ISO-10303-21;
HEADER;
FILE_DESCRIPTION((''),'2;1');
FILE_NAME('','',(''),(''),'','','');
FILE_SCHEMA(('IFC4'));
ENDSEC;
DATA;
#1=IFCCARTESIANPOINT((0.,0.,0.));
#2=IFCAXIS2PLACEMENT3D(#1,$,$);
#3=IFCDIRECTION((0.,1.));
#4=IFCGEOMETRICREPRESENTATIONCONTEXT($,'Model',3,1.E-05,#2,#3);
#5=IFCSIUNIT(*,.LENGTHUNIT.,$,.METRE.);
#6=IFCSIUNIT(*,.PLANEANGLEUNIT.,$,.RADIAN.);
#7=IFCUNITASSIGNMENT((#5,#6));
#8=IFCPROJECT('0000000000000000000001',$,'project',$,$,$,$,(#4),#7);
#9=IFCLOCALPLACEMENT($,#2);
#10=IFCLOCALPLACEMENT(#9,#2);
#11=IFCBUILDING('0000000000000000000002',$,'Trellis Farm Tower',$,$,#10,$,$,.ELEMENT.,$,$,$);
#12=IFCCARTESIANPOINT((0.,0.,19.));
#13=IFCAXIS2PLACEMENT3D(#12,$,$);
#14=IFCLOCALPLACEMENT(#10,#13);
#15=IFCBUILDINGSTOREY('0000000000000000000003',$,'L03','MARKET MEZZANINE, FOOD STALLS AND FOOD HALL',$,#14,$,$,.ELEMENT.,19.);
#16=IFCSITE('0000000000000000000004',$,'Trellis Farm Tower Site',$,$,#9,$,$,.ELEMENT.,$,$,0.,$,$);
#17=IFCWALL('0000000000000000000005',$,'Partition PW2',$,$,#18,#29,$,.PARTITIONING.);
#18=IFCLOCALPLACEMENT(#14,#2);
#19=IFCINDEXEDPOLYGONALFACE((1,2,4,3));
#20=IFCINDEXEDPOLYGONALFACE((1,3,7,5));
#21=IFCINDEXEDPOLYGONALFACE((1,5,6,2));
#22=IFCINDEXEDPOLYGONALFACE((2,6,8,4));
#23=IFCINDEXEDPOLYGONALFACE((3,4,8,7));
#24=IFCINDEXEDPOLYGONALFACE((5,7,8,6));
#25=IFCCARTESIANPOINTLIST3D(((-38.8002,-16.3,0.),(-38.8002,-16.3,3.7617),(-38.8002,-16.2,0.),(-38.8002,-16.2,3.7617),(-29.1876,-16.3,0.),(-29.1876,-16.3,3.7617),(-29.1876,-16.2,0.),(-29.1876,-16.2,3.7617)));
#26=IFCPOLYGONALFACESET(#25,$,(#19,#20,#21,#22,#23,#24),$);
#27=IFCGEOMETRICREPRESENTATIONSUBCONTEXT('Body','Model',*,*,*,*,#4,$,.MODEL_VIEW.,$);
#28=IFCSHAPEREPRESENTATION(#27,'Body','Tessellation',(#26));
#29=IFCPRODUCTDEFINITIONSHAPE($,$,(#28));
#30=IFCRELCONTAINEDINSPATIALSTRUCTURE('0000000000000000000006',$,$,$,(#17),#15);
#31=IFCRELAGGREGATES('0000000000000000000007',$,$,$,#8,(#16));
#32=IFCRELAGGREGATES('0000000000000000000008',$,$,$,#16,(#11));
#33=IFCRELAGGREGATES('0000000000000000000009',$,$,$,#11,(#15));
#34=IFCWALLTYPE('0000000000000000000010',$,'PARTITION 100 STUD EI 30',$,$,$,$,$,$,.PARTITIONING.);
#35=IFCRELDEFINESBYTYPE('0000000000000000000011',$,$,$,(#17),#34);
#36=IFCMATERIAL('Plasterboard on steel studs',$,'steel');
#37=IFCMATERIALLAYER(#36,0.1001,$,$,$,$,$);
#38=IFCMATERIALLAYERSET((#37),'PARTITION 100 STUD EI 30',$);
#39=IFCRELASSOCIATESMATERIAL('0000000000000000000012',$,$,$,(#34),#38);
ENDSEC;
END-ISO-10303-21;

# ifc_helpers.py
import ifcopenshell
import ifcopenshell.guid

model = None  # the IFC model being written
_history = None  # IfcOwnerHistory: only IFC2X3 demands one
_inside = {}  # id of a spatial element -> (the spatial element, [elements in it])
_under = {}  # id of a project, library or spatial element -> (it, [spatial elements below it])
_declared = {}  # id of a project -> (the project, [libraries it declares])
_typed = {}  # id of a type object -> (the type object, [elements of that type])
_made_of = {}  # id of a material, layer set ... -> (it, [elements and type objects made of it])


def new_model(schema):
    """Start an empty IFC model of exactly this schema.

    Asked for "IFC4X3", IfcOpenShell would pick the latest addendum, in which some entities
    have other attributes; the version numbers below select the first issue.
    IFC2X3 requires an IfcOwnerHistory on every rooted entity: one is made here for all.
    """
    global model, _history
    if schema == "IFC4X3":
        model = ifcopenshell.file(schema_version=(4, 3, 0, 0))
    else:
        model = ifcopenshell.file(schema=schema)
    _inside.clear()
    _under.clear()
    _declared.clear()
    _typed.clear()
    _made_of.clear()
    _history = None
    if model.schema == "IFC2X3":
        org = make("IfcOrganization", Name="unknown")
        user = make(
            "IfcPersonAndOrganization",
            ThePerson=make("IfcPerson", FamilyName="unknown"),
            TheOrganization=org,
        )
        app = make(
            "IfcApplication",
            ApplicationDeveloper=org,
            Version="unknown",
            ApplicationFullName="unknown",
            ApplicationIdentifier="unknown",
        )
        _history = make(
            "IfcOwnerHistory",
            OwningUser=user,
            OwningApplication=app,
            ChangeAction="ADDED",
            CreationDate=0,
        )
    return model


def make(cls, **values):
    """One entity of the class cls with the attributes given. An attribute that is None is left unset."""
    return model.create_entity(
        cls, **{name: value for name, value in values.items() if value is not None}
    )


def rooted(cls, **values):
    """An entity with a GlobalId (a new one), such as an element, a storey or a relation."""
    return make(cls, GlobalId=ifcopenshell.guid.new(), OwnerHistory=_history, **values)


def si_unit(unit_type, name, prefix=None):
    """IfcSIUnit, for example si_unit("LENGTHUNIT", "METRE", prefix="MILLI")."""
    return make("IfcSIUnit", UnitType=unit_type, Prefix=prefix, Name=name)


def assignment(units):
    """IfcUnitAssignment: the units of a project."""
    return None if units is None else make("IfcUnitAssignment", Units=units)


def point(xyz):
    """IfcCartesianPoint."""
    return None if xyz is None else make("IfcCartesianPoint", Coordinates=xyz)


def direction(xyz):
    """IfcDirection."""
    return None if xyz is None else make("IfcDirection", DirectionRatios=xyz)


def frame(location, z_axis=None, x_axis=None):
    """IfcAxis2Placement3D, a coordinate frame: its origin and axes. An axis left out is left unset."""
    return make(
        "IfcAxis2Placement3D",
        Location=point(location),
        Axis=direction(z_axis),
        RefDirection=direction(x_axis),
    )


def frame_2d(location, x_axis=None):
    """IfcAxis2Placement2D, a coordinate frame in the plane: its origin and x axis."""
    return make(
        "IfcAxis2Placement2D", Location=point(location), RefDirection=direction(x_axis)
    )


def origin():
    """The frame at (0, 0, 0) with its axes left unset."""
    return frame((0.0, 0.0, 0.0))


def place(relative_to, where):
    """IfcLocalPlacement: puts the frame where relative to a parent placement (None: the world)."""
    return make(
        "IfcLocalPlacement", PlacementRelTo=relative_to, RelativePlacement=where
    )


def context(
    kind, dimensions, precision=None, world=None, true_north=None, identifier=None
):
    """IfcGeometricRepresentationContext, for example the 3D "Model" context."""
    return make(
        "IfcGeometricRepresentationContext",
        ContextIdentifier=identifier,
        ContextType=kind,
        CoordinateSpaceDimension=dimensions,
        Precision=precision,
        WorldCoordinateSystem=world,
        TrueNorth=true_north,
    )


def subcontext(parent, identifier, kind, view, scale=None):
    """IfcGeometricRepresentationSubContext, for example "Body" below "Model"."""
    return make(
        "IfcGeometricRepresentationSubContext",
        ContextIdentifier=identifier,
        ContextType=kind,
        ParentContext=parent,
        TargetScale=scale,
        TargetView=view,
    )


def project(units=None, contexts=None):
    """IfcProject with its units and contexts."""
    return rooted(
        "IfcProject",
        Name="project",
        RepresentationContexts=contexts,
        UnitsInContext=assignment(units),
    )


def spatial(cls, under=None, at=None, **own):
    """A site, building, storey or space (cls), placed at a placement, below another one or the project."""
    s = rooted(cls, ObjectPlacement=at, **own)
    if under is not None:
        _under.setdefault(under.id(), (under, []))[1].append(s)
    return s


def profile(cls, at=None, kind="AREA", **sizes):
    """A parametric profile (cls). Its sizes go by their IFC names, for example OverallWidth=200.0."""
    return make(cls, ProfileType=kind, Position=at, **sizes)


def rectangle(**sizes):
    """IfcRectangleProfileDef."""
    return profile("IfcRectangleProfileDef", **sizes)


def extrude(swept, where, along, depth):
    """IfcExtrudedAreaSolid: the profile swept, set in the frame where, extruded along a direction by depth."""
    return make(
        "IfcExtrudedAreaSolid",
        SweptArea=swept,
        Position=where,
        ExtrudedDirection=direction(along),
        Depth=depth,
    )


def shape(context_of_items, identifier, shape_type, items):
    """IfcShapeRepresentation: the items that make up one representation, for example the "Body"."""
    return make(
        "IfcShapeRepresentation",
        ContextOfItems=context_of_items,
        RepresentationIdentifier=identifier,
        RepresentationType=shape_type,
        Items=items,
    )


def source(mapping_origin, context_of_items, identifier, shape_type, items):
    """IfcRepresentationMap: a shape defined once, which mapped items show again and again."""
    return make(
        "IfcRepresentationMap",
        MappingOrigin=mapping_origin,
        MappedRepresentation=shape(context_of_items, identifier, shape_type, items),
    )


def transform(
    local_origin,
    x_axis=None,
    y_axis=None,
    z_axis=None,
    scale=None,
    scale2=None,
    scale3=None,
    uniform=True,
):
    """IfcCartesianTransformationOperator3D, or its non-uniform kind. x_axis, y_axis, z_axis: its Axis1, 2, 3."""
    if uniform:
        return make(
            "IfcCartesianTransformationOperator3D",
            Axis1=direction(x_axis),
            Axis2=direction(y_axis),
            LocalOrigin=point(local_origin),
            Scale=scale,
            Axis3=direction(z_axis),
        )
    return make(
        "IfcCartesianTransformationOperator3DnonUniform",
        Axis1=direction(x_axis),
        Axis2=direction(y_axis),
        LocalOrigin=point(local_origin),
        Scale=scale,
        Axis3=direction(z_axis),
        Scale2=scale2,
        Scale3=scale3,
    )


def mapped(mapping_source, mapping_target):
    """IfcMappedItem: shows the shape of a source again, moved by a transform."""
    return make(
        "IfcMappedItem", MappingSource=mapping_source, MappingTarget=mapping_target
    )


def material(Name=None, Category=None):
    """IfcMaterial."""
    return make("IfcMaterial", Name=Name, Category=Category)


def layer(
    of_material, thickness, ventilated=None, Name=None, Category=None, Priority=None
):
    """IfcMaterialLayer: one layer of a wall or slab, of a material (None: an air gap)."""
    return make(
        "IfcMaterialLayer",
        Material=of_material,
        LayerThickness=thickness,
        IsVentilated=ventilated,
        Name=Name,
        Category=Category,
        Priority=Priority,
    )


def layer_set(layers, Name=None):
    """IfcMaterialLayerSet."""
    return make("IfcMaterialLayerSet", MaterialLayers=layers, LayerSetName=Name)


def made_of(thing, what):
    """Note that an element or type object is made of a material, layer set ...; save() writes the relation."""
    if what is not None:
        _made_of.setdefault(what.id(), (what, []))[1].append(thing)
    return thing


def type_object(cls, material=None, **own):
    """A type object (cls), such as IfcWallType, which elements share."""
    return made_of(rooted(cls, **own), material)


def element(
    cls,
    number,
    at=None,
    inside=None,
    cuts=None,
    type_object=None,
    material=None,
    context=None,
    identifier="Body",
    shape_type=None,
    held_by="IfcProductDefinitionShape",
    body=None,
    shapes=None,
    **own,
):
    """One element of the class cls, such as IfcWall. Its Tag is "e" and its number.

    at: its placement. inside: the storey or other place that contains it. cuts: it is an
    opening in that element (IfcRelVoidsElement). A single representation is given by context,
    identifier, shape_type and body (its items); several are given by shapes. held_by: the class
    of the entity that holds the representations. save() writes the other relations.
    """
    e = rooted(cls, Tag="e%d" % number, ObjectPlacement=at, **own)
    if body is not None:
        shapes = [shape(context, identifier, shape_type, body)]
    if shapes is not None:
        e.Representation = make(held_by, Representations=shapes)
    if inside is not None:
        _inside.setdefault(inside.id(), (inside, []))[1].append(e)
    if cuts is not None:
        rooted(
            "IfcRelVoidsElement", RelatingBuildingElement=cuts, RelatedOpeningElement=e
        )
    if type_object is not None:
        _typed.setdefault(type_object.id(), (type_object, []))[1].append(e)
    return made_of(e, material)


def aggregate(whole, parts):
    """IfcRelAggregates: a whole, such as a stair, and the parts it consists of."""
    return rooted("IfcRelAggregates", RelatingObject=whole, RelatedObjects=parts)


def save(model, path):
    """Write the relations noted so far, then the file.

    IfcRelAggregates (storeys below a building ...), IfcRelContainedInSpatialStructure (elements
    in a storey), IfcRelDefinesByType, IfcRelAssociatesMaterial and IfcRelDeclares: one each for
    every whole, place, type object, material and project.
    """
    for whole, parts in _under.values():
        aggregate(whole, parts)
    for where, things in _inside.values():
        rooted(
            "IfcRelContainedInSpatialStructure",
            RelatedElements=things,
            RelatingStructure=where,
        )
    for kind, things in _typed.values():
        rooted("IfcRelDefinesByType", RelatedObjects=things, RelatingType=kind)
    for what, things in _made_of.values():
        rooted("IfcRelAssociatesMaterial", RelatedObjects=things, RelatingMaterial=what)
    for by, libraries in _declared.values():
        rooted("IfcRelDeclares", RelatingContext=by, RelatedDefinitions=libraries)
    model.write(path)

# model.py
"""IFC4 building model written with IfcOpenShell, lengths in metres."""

from ifc_helpers import new_model, si_unit, direction, frame, frame_2d, origin, place, context, subcontext, project, spatial, rectangle, extrude, source, transform, mapped, material, layer, layer_set, type_object, element, save


model = new_model("IFC4")

# Units and contexts
model_context = context("Model", 3, precision=1e-05, world=origin(), true_north=direction((0.0, 1.0)))
body_context = subcontext(model_context, "Body", "Model", "MODEL_VIEW")
ifc_project = project(units=[si_unit("LENGTHUNIT", "METRE"), si_unit("PLANEANGLEUNIT", "RADIAN")], contexts=[model_context])

# Site, building, storey
site_placement = place(None, origin())
site = spatial("IfcSite", under=ifc_project, at=site_placement, Name="Trellis Farm Tower Site", CompositionType="ELEMENT", RefElevation=0.0)
building_placement = place(site_placement, origin())
building = spatial("IfcBuilding", under=site, at=building_placement, Name="Trellis Farm Tower", CompositionType="ELEMENT")
storey_placement = place(building_placement, frame((0.0, 0.0, 19.0)))
storey = spatial("IfcBuildingStorey", under=building, at=storey_placement, Name="L03", Description="MARKET MEZZANINE, FOOD STALLS AND FOOD HALL", CompositionType="ELEMENT", Elevation=19.0)

# Wall
ifc_material_1 = material(Name="Plasterboard on steel studs", Category="steel")
ifc_layer_1 = layer(ifc_material_1, 0.1001)
ifc_layer_set_1 = layer_set([ifc_layer_1], Name="PARTITION 100 STUD EI 30")
wall_type_1 = type_object("IfcWallType", Name="PARTITION 100 STUD EI 30", PredefinedType="PARTITIONING", material=ifc_layer_set_1)
shared_shape_1 = source(origin(), body_context, "Body", "SweptSolid", [
    extrude(rectangle(XDim=9.6125, YDim=0.1001, at=frame_2d((4.8062, 0.0))), origin(), (0.0, 0.0, 1.0), 3.7617),
])
wall_1_placement = place(storey_placement, frame((-38.8, -16.25, 0.0), z_axis=(0.0, 0.0, 1.0), x_axis=(1.0, 0.0, 0.0)))
element("IfcWall", 1, at=wall_1_placement, inside=storey, type_object=wall_type_1, Name="Partition PW2", PredefinedType="PARTITIONING", context=body_context, shape_type="MappedRepresentation", body=[
    mapped(shared_shape_1, transform((0.0, 0.0, 0.0))),
])

save(model, "model.ifc")
